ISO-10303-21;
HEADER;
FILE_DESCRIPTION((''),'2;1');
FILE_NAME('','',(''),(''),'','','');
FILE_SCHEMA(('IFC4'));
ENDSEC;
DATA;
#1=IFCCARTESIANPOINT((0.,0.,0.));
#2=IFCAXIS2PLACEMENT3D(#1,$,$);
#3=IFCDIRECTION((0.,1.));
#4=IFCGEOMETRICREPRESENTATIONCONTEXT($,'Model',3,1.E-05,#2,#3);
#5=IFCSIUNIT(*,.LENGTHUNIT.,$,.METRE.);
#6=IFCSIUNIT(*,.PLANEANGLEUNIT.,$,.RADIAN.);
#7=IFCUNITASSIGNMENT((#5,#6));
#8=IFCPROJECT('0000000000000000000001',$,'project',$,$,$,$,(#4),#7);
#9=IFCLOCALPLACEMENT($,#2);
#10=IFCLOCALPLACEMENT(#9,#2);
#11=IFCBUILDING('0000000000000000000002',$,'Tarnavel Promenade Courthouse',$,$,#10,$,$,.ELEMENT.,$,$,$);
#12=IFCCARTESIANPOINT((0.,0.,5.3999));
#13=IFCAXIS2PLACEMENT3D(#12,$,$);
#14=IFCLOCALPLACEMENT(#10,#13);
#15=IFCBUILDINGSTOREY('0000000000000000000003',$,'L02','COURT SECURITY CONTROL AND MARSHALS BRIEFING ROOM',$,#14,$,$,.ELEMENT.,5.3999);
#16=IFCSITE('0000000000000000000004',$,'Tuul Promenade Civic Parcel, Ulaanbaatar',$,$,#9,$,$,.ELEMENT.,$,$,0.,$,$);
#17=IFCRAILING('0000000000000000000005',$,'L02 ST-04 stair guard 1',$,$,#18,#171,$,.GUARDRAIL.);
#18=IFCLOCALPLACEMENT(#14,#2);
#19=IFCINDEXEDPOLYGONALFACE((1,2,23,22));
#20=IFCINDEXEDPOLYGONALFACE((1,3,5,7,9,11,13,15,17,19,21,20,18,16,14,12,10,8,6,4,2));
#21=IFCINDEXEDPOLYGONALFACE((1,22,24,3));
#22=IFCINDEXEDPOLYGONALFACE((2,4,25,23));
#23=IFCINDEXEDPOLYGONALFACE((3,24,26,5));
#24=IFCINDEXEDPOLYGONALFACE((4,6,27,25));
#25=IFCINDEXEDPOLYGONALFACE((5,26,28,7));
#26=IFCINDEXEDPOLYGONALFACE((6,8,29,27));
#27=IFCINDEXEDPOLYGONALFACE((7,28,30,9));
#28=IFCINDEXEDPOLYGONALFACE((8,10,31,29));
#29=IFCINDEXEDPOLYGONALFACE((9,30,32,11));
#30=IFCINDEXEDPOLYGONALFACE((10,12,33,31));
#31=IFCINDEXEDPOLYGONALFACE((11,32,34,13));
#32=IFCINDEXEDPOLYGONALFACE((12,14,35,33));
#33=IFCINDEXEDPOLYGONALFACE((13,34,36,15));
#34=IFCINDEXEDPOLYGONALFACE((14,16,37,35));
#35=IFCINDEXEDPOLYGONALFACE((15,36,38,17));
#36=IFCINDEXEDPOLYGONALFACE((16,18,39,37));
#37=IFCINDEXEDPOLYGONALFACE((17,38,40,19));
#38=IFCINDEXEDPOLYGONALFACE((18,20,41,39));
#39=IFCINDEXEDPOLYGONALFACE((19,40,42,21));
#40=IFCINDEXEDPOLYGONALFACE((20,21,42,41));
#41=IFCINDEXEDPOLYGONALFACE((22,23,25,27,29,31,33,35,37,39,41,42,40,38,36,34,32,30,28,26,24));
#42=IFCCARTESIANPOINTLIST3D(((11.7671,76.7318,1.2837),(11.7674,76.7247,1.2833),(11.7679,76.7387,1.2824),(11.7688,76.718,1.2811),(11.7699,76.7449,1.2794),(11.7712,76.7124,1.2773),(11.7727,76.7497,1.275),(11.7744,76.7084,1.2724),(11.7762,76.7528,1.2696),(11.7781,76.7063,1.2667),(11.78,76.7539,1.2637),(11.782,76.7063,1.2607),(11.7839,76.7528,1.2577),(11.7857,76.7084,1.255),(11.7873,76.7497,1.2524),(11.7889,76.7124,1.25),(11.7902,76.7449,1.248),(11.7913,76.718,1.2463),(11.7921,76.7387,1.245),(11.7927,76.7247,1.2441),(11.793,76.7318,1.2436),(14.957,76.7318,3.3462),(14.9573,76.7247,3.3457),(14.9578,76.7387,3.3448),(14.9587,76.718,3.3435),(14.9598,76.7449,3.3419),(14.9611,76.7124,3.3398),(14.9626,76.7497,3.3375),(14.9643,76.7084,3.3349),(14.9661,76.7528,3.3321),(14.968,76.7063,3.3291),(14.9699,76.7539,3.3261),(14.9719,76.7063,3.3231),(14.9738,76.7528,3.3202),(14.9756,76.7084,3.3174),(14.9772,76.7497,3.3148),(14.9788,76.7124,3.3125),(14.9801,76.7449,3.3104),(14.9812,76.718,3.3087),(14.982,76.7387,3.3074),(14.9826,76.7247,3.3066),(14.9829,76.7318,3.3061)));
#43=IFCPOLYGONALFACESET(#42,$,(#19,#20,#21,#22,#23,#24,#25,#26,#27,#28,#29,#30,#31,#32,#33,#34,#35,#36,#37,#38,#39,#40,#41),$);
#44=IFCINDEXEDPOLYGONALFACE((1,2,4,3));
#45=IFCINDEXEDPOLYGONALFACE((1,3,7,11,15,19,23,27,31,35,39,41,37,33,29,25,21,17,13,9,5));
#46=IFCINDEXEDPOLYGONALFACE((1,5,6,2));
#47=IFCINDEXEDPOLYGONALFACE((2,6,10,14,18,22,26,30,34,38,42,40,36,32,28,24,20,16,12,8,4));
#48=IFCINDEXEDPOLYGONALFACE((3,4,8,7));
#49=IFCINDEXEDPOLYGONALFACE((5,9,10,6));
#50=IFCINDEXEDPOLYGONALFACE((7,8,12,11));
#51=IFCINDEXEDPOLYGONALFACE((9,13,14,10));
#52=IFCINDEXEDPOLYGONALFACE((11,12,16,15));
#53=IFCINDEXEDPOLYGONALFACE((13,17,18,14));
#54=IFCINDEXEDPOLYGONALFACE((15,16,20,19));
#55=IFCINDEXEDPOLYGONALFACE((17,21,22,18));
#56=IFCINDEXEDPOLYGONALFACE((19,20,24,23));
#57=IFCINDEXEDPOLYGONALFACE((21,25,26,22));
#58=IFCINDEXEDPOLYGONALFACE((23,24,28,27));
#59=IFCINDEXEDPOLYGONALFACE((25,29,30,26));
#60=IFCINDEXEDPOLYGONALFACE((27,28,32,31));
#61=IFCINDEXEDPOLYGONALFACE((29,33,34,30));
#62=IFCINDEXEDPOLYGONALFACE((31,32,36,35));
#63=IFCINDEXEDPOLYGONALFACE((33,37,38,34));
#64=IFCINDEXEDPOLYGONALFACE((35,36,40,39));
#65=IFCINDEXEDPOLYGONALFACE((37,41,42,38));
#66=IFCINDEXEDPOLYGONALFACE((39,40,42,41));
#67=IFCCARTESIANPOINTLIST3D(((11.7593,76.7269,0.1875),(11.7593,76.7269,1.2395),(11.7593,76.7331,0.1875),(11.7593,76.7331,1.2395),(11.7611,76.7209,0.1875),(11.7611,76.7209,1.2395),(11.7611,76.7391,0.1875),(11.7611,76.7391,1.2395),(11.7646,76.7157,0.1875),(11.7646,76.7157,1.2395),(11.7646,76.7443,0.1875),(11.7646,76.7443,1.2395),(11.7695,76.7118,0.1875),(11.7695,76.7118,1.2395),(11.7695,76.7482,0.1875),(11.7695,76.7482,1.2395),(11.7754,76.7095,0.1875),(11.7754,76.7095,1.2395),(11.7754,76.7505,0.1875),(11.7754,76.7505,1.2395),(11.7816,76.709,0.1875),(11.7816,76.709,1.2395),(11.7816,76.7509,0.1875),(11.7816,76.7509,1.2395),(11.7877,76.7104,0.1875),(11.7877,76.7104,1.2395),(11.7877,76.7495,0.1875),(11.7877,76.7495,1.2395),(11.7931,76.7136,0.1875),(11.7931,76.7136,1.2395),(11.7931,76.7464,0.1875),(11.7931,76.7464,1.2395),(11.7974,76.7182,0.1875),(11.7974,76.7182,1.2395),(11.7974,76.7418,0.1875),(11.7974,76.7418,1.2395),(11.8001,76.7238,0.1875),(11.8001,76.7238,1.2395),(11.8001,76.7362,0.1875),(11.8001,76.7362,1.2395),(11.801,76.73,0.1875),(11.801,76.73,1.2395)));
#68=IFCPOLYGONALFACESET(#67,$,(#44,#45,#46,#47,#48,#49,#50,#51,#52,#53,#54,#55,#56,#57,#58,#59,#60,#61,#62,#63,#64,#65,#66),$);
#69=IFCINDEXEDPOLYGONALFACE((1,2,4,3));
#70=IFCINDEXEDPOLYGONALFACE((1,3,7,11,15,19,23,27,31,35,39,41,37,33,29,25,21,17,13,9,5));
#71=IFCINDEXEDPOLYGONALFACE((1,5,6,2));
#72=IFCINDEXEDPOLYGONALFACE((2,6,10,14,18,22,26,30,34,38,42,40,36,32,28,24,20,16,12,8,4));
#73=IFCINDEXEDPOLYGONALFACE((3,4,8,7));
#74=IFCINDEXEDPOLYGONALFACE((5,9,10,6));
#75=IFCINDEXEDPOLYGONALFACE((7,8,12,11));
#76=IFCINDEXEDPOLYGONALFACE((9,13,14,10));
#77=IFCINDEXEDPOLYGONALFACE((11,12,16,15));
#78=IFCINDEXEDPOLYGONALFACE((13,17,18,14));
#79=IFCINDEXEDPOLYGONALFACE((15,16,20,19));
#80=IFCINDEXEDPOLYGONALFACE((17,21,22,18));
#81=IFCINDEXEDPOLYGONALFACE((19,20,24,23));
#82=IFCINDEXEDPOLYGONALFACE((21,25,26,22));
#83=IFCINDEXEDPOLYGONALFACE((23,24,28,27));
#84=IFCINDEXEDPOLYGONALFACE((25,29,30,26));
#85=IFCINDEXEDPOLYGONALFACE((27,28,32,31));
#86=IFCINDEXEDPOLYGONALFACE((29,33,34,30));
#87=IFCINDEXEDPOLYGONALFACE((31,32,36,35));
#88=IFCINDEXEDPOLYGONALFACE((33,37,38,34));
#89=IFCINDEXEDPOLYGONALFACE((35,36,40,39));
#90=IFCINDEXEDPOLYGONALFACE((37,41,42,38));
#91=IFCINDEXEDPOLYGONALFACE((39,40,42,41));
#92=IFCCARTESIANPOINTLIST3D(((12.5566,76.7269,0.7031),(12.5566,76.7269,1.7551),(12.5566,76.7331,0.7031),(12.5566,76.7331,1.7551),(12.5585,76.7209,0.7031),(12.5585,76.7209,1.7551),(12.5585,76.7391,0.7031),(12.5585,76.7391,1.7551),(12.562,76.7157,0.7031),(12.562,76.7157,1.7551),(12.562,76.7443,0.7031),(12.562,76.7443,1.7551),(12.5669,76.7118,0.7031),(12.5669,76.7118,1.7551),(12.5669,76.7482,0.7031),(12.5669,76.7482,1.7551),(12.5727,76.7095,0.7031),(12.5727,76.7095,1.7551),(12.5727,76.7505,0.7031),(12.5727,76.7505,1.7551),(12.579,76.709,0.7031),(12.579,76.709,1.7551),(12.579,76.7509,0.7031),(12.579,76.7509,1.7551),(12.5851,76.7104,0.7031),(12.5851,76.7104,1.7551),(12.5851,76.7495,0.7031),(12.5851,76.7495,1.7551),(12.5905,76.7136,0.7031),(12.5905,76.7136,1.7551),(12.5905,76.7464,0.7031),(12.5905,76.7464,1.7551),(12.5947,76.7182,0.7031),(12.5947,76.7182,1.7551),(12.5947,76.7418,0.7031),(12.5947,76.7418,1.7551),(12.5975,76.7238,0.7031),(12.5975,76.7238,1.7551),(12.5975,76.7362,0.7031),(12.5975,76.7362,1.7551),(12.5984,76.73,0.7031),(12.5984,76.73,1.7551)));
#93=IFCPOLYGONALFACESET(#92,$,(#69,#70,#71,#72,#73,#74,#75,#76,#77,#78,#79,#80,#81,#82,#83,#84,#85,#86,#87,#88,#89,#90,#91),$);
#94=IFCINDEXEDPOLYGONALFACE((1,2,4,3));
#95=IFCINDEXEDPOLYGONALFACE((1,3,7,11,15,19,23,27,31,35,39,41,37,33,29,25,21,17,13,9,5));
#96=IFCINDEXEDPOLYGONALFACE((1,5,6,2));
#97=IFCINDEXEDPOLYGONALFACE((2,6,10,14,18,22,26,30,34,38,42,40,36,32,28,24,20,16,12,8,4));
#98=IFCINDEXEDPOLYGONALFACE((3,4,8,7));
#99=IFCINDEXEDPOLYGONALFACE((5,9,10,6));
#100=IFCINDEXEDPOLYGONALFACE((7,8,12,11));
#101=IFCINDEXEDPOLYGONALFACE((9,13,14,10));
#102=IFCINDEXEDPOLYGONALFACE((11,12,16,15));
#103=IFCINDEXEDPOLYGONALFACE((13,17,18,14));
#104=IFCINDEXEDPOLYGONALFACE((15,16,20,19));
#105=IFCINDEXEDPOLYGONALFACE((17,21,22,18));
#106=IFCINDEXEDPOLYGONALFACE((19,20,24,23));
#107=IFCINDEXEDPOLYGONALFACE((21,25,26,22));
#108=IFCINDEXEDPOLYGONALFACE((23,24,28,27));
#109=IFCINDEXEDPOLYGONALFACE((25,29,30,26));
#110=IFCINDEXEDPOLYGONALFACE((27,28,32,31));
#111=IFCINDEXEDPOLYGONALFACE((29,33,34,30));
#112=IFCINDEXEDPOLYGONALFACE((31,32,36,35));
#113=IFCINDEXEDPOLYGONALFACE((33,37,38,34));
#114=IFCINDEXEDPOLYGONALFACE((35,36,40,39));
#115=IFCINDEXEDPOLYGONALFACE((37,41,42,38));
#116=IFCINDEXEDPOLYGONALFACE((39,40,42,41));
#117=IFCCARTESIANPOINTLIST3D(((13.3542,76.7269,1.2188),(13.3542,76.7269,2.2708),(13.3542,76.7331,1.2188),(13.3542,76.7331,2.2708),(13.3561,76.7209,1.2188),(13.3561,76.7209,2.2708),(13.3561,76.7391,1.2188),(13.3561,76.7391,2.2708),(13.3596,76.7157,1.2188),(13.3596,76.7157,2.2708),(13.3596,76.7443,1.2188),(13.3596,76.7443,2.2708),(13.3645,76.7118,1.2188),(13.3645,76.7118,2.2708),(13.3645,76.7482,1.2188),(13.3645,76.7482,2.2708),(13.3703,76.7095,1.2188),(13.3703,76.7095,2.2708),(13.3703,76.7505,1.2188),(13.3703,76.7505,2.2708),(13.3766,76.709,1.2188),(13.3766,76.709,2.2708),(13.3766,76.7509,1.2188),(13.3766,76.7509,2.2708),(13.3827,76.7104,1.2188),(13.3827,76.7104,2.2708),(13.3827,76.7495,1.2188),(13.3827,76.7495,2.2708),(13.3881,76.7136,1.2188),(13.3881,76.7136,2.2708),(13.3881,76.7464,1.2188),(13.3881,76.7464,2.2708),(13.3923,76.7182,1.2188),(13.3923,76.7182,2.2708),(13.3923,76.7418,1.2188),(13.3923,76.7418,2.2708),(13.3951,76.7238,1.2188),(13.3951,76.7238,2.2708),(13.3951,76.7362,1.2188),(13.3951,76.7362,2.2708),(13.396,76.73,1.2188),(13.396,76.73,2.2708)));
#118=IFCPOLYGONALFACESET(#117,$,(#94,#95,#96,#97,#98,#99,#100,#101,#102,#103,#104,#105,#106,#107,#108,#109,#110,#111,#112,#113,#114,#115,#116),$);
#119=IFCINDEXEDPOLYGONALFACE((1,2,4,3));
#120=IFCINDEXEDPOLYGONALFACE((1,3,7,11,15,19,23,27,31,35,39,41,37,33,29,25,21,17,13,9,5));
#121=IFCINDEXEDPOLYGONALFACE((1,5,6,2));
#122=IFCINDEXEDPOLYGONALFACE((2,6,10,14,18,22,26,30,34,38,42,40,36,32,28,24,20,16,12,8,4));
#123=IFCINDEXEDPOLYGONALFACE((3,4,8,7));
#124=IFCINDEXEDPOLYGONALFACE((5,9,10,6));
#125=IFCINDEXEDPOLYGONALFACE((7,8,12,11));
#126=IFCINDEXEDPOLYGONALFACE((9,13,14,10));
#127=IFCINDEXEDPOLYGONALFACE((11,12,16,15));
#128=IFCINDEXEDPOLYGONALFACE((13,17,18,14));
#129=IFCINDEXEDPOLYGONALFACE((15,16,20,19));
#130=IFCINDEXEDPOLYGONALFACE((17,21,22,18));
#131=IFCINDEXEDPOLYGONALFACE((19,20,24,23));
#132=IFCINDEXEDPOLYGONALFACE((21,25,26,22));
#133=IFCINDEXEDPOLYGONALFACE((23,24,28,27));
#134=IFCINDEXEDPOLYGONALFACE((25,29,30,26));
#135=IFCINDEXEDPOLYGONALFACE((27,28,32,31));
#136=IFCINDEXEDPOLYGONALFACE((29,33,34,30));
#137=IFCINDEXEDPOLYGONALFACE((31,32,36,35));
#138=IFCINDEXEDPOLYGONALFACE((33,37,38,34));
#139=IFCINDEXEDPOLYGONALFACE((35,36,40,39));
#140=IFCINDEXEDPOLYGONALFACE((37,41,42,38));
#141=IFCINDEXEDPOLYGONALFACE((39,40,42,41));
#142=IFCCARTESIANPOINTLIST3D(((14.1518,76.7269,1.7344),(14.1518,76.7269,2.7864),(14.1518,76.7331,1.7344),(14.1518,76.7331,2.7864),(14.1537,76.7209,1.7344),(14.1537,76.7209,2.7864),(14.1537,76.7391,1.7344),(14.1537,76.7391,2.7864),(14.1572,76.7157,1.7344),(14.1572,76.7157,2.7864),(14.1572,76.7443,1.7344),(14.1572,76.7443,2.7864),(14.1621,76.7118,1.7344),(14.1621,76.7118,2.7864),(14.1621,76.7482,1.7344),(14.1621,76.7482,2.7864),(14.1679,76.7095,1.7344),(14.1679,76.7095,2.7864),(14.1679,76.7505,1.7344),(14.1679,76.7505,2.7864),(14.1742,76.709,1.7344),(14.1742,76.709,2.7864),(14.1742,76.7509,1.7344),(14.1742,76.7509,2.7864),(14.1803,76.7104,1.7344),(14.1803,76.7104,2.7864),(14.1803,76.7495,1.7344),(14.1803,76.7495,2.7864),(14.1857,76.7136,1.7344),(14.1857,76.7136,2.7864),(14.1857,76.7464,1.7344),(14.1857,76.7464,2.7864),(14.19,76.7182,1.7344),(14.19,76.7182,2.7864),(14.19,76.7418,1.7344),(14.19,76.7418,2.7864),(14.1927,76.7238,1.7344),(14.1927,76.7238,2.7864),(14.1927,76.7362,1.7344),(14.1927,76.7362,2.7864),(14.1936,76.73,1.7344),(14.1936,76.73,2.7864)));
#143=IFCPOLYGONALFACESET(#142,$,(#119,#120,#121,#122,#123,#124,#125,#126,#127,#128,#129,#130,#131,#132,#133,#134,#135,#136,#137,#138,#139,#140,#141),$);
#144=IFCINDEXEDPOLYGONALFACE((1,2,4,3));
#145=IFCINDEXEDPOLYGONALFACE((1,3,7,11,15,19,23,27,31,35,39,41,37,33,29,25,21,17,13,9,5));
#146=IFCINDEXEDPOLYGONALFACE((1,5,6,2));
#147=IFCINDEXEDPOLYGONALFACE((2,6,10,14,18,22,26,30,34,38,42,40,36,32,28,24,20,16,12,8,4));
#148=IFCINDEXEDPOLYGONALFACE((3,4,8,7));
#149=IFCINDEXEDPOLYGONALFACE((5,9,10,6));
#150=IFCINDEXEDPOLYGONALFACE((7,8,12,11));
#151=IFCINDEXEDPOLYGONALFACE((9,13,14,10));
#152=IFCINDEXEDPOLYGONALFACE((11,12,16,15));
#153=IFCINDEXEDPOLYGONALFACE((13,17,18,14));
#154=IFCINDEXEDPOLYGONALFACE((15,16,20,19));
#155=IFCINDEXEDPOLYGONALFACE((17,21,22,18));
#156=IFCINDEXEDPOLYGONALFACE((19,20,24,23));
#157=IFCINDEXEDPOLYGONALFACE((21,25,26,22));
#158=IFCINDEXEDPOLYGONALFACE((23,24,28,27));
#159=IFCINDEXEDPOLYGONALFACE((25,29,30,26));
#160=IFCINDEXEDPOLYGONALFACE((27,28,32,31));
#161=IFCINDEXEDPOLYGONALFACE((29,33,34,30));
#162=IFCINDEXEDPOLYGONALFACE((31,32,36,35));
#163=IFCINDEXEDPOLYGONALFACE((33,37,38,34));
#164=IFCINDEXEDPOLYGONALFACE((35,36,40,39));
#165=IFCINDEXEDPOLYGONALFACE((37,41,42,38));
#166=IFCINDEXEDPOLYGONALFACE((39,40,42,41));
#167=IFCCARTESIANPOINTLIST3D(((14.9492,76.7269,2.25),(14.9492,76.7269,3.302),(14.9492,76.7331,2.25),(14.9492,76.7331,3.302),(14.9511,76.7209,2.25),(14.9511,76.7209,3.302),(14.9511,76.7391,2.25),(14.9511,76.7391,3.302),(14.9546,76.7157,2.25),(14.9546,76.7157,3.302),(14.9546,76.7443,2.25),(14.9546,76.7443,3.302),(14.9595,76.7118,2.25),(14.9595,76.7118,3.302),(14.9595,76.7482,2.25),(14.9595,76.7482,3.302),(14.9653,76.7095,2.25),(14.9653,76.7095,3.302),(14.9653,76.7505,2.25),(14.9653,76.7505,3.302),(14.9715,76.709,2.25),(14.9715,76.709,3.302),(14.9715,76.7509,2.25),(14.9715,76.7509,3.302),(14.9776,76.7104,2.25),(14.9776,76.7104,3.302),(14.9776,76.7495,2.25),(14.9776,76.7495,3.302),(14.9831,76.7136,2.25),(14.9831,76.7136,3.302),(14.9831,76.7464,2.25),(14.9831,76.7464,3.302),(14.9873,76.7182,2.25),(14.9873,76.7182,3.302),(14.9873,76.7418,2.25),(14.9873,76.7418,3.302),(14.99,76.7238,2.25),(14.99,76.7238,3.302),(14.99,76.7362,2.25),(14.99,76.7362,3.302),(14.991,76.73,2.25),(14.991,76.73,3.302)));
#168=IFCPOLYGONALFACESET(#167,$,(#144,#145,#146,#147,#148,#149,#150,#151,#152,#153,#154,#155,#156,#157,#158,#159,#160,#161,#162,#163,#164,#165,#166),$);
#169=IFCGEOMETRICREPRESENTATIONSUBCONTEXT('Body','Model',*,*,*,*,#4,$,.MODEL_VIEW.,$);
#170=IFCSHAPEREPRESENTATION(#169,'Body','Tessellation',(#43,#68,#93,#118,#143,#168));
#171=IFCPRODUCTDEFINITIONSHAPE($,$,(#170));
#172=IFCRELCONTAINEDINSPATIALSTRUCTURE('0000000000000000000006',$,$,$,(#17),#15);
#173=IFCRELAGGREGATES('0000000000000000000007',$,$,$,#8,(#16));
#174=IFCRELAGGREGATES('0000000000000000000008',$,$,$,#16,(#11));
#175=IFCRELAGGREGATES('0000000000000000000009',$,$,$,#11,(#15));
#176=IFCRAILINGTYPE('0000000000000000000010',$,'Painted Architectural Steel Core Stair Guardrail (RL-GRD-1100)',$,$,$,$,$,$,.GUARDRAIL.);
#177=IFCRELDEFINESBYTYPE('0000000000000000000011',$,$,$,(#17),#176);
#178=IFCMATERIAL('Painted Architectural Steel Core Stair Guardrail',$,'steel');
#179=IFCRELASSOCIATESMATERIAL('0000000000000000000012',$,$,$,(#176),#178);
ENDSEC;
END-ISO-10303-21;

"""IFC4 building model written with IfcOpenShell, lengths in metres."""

from ifc_helpers import new_model, si_unit, direction, frame, origin, origin_2d, place, context, subcontext, project, spatial, circle, extrude, material, type_object, element, save


model = new_model("IFC4")

# Units and contexts
model_context = context("Model", 3, precision=1e-05, world=origin(), true_north=direction((0.0, 1.0)))
body_context = subcontext(model_context, "Body", "Model", "MODEL_VIEW")
ifc_project = project(units=[si_unit("LENGTHUNIT", "METRE"), si_unit("PLANEANGLEUNIT", "RADIAN")], contexts=[model_context])

# Site, building, storey
site_placement = place(None, origin())
site = spatial("IfcSite", under=ifc_project, at=site_placement, Name="Tuul Promenade Civic Parcel, Ulaanbaatar", CompositionType="ELEMENT", RefElevation=0.0)
building_placement = place(site_placement, origin())
building = spatial("IfcBuilding", under=site, at=building_placement, Name="Tarnavel Promenade Courthouse", CompositionType="ELEMENT")
storey_placement = place(building_placement, frame((0.0, 0.0, 5.3999)))
storey = spatial("IfcBuildingStorey", under=building, at=storey_placement, Name="L02", Description="COURT SECURITY CONTROL AND MARSHALS BRIEFING ROOM", CompositionType="ELEMENT", Elevation=5.3999)

# Railing
ifc_material_1 = material(Name="Painted Architectural Steel Core Stair Guardrail", Category="steel")
railing_type_1 = type_object("IfcRailingType", Name="Painted Architectural Steel Core Stair Guardrail (RL-GRD-1100)", PredefinedType="GUARDRAIL", material=ifc_material_1)
railing_1_placement = place(storey_placement, frame((11.78, 76.73, 0.1875)))
element("IfcRailing", 1, at=railing_1_placement, inside=storey, type_object=railing_type_1, Name="L02 ST-04 stair guard 1", PredefinedType="GUARDRAIL", context=body_context, shape_type="SweptSolid", body=[
    extrude(circle(Radius=0.0239, at=origin_2d()), frame((0.0, 0.0, 1.0762), z_axis=(0.83976, 0.0, 0.542958), x_axis=(0.0, 1.0, 0.0)), (0.0, 0.0, 1.0), 3.7986),
    extrude(circle(Radius=0.021, at=origin_2d()), origin(), (0.0, 0.0, 1.0), 1.052),
    extrude(circle(Radius=0.021, at=origin_2d()), frame((0.7974, 0.0, 0.5156)), (0.0, 0.0, 1.0), 1.052),
    extrude(circle(Radius=0.021, at=origin_2d()), frame((1.595, 0.0, 1.0312)), (0.0, 0.0, 1.0), 1.052),
    extrude(circle(Radius=0.021, at=origin_2d()), frame((2.3926, 0.0, 1.5469)), (0.0, 0.0, 1.0), 1.052),
    extrude(circle(Radius=0.021, at=origin_2d()), frame((3.1899, 0.0, 2.0625)), (0.0, 0.0, 1.0), 1.052),
])

save(model, "model.ifc")
